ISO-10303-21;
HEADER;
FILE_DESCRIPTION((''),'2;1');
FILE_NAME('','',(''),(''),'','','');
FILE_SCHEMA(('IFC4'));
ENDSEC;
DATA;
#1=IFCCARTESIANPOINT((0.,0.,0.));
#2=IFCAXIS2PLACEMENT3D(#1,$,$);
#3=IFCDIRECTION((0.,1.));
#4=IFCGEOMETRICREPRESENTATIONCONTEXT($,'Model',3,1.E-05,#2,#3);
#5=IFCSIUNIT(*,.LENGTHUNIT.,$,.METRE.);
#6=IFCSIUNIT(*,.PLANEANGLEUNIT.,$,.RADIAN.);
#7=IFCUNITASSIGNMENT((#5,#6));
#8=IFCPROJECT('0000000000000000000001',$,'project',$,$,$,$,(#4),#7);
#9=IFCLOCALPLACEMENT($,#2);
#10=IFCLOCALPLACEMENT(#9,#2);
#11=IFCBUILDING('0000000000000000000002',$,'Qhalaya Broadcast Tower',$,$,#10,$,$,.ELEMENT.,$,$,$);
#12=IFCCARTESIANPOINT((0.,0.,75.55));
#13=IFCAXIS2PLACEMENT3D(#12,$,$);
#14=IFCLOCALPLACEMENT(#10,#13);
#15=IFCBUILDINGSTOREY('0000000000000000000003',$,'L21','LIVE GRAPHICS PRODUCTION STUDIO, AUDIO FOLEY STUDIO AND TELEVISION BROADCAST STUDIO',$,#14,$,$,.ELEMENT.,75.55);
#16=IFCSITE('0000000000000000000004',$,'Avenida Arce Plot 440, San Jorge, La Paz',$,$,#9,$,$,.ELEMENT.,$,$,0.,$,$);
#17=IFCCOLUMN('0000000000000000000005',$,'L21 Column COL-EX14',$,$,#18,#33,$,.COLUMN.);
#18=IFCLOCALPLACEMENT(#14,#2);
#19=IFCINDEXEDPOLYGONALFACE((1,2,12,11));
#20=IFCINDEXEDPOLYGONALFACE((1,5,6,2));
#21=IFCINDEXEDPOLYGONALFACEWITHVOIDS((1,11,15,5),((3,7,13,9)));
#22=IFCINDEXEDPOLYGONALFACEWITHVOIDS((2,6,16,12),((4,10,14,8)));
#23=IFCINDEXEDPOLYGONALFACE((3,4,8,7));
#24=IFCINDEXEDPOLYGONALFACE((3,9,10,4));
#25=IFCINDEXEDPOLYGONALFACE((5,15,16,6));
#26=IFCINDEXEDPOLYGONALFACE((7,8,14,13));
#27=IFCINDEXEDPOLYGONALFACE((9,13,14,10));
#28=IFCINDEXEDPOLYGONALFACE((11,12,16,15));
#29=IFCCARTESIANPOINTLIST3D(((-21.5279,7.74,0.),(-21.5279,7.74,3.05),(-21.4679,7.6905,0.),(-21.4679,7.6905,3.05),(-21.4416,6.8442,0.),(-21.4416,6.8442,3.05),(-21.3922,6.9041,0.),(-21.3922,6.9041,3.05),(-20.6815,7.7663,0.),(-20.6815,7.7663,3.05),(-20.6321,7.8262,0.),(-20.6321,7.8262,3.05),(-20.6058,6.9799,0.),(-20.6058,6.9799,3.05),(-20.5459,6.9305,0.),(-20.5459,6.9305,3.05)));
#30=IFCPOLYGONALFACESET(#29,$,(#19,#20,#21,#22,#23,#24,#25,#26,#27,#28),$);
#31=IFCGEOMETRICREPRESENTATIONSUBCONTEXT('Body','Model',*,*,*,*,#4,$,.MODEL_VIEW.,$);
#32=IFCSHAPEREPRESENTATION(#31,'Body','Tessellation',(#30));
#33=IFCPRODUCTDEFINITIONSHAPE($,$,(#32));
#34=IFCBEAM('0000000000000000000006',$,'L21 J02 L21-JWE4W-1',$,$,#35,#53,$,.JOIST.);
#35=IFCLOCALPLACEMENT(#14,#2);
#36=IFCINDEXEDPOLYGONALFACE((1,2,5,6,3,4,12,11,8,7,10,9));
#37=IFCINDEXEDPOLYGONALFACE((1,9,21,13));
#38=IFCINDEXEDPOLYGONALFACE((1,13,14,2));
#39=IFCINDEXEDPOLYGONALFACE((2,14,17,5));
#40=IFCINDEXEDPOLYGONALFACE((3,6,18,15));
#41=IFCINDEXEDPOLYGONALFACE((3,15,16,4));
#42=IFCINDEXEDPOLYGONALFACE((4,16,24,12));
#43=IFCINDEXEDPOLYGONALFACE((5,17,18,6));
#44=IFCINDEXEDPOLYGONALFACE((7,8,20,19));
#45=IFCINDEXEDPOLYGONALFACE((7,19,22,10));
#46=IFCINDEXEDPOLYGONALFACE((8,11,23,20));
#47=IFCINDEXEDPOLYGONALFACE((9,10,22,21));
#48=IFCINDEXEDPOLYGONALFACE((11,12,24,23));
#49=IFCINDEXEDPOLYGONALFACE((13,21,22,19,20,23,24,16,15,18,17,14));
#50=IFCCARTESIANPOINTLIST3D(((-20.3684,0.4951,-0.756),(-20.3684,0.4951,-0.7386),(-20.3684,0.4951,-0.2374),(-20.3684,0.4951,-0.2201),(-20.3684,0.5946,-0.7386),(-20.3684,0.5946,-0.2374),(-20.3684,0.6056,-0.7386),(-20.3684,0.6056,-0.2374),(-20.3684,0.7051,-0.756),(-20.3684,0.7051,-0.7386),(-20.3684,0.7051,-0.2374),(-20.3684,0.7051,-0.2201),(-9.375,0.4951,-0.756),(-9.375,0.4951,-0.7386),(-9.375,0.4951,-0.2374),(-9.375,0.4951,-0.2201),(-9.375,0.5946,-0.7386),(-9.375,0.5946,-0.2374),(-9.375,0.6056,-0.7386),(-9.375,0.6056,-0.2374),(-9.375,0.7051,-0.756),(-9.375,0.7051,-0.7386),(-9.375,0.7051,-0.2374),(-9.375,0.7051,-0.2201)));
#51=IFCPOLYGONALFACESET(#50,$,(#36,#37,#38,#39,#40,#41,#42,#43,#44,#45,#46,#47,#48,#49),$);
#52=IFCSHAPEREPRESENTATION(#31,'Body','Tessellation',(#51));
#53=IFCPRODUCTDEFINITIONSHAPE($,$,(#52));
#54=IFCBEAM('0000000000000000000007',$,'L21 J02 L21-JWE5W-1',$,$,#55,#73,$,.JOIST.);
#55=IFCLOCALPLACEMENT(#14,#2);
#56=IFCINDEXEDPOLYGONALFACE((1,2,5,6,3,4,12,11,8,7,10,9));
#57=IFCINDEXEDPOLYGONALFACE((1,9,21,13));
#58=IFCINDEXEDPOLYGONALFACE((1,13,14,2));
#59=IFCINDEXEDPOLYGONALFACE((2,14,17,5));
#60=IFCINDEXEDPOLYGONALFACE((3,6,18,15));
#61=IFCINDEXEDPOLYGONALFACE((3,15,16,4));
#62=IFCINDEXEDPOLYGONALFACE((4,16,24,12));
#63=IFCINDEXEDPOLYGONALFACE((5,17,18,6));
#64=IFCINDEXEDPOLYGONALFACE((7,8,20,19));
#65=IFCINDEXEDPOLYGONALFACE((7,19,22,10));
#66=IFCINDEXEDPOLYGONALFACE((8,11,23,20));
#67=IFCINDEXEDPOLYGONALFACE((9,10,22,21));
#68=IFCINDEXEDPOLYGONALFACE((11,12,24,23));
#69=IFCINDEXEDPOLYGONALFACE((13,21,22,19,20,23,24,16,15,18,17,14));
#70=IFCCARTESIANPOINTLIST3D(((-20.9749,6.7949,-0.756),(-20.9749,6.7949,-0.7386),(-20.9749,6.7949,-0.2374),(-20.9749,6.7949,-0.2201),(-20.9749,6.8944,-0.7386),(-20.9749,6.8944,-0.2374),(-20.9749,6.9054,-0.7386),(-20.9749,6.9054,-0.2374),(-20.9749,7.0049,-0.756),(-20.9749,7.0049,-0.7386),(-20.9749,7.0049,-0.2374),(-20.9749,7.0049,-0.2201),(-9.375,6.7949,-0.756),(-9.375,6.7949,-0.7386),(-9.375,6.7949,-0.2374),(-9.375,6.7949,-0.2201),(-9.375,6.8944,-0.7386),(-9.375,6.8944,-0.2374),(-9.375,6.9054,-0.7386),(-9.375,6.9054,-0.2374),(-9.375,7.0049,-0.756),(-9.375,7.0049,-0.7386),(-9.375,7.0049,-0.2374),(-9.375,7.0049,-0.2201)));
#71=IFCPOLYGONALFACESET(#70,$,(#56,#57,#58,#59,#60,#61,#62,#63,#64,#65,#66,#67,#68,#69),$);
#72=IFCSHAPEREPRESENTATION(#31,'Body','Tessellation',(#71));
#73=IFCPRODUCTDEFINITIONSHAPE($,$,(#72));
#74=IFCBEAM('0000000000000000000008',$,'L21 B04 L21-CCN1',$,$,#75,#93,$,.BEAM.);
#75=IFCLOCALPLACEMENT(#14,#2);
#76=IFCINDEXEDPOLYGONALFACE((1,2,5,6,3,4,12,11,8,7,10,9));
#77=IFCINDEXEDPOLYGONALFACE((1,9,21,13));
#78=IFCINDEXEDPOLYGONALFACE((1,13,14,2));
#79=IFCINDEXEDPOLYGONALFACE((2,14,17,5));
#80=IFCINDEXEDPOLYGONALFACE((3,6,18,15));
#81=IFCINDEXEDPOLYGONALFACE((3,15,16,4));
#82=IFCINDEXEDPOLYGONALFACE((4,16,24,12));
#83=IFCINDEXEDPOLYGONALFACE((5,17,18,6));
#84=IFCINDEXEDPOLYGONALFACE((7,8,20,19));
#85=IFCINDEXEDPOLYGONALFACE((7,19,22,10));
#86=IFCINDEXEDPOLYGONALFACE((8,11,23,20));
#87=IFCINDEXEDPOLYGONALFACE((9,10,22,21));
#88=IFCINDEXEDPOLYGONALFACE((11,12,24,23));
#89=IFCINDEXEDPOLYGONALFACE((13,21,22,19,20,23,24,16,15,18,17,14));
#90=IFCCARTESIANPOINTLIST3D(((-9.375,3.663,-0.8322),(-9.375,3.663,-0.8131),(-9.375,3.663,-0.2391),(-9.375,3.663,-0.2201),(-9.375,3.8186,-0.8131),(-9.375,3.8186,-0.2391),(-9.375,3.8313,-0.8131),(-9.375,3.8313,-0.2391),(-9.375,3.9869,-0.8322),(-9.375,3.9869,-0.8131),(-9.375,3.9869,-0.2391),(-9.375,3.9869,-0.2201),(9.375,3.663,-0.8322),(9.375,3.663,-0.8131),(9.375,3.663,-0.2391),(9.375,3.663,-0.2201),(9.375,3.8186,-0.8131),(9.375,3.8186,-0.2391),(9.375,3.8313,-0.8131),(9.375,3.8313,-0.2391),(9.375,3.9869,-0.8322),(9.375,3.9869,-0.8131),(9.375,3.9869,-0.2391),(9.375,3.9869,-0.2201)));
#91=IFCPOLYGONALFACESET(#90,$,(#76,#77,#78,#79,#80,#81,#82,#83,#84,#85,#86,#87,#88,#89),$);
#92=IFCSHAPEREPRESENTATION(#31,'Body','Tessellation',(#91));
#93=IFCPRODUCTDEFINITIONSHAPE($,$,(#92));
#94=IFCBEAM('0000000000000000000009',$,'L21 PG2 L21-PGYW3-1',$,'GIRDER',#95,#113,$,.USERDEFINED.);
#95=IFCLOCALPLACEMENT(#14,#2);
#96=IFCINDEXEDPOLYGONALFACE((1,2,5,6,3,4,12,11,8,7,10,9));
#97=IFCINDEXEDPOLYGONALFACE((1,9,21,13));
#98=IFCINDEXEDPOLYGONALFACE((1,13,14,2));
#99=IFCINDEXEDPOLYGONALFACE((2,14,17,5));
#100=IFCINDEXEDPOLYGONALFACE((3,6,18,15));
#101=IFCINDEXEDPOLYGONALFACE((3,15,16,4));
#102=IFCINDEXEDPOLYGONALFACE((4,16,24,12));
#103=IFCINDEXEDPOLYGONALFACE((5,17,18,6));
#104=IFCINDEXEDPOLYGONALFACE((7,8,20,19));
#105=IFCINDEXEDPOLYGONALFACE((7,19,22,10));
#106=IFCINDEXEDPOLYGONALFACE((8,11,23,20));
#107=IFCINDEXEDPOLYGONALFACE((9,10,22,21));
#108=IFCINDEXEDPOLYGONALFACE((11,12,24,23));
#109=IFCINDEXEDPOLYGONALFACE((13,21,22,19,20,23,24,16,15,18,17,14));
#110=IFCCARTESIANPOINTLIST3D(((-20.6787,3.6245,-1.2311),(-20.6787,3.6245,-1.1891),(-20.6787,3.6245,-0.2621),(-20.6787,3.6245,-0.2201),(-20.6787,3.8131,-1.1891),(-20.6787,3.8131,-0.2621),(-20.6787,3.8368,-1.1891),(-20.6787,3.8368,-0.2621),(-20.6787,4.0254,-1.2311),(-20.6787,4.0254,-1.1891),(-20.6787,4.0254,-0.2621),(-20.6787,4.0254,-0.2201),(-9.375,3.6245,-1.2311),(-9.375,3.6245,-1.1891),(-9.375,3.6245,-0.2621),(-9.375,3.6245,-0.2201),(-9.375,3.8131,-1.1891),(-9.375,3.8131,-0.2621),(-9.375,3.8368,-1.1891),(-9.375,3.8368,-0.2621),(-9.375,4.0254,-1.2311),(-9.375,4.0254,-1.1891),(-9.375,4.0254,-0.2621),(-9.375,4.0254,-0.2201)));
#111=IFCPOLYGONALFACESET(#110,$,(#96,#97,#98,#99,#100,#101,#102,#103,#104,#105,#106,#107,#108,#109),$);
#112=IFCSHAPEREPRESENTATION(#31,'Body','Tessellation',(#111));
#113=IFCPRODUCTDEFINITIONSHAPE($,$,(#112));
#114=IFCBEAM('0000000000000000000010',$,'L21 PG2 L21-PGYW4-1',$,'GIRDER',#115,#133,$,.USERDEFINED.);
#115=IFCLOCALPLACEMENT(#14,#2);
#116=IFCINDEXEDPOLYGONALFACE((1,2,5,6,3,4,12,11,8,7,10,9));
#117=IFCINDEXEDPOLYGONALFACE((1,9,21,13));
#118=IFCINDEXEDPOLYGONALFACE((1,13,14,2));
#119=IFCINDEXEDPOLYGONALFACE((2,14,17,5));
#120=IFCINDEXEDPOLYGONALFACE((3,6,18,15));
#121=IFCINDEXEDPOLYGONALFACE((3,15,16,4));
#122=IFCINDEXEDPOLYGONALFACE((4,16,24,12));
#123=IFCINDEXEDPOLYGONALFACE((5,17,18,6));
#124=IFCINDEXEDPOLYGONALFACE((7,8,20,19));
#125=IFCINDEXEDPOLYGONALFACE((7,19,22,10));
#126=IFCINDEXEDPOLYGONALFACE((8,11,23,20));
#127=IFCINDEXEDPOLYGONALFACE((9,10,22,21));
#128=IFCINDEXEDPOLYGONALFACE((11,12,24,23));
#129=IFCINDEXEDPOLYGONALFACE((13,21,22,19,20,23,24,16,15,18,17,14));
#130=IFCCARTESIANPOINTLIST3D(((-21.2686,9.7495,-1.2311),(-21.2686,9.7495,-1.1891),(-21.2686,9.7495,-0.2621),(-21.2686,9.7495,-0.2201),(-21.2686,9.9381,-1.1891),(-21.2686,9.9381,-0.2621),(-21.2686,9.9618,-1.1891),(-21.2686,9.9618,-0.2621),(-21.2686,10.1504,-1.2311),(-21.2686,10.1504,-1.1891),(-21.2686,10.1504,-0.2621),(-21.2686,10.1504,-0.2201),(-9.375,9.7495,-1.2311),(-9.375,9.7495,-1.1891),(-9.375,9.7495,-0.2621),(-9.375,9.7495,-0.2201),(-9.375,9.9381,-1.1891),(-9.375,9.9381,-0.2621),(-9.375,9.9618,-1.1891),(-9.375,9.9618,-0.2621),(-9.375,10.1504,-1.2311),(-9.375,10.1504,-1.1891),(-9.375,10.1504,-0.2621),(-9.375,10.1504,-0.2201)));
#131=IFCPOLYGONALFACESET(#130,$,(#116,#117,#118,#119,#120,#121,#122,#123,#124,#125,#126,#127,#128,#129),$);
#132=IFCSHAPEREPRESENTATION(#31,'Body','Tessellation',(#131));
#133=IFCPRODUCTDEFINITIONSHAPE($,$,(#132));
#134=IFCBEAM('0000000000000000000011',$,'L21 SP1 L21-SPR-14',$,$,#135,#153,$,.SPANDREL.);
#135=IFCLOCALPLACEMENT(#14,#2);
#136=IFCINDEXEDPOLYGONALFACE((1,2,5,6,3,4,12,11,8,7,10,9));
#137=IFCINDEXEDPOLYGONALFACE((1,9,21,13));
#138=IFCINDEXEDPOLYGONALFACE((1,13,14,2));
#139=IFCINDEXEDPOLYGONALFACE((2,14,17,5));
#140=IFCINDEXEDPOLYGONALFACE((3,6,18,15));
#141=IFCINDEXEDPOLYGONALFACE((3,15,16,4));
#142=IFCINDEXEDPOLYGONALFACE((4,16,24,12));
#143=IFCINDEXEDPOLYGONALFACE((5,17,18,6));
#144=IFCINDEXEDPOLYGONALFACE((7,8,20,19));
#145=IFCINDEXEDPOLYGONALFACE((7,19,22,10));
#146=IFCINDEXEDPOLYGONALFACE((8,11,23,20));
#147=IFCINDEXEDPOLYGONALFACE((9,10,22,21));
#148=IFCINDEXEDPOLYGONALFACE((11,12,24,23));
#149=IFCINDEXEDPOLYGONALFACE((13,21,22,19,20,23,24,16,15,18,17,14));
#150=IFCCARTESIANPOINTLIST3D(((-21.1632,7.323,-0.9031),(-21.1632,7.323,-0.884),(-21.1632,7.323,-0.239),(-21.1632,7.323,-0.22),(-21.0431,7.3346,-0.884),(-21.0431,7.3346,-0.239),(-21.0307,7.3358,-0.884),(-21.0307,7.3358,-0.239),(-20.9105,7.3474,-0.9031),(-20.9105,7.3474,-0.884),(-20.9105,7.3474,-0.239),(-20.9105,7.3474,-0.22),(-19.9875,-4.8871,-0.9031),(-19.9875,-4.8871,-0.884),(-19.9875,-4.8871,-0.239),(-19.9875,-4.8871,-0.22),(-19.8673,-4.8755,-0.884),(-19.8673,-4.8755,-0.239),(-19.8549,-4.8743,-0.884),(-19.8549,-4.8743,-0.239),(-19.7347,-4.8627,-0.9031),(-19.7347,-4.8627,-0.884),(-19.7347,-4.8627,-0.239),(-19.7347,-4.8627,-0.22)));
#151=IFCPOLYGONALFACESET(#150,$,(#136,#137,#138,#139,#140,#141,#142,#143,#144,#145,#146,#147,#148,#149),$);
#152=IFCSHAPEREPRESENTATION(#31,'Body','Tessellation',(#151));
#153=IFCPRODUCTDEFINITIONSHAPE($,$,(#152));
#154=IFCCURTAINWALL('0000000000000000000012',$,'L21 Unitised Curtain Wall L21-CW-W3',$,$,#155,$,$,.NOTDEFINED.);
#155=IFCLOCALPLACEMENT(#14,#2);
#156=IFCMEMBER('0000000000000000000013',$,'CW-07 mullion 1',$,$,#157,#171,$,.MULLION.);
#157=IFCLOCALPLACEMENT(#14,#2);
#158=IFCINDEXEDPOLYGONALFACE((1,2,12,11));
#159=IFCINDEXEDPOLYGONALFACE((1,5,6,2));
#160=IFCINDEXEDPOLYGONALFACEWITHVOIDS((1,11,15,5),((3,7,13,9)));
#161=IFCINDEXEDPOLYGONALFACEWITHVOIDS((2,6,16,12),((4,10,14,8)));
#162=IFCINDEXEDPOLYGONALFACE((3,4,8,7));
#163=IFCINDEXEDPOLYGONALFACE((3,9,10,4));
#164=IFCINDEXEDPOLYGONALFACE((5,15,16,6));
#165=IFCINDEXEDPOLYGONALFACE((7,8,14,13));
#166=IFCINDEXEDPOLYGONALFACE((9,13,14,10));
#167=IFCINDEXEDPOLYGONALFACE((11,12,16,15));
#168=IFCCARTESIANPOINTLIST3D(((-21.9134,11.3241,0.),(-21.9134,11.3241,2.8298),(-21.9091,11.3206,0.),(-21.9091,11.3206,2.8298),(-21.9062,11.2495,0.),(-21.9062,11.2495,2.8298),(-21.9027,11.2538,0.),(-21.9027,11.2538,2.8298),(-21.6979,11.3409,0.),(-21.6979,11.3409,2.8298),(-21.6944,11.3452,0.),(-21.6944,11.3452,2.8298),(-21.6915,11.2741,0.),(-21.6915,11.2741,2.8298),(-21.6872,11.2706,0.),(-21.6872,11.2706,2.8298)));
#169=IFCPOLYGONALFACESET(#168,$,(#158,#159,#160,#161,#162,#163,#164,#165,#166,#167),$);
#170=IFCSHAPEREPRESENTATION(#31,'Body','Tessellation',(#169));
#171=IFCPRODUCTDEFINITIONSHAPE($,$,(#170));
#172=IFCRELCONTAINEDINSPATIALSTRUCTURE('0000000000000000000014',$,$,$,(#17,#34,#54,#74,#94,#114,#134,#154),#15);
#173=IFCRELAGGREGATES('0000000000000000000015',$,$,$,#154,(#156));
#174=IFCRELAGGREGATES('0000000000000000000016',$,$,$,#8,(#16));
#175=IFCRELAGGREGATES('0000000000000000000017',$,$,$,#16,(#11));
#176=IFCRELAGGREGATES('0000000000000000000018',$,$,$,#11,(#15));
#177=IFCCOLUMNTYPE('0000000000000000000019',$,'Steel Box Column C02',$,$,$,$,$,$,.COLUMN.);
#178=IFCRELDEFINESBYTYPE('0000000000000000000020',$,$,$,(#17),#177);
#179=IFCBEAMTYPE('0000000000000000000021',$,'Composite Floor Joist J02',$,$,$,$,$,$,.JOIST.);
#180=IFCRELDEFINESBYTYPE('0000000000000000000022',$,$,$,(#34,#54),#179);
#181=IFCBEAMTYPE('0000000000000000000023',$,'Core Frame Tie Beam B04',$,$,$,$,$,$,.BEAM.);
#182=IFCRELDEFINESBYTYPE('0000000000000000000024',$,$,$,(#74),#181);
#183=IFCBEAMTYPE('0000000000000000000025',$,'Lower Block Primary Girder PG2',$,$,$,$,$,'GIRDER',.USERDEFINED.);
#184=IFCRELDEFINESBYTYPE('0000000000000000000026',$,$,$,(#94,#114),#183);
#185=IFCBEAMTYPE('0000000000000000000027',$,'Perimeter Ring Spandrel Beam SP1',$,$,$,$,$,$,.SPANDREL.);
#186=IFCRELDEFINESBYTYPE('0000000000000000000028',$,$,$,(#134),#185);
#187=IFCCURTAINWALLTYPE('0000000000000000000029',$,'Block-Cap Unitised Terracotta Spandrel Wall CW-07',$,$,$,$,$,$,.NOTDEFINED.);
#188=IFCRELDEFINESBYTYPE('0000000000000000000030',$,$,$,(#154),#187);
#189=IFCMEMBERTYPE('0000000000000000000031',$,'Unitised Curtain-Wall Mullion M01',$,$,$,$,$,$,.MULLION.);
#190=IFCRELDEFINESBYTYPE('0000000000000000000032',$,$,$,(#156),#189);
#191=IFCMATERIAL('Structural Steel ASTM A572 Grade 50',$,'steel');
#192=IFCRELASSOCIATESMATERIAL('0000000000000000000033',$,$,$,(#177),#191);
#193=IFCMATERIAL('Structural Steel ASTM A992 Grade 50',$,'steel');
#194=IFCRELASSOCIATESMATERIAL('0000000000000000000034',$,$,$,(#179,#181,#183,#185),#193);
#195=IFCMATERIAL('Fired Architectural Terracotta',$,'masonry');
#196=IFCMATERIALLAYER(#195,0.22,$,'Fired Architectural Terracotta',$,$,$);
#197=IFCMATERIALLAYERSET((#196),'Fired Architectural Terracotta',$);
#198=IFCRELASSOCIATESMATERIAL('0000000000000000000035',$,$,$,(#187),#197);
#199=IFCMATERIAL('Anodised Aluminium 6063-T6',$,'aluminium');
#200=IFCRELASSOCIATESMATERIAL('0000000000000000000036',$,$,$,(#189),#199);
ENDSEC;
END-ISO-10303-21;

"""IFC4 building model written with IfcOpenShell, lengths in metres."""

from ifc_helpers import new_model, si_unit, direction, frame, origin, origin_2d, place, context, subcontext, project, spatial, hollow_rectangle, i_section, extrude, material, layer, layer_set, material_profile, profile_set, type_object, element, aggregate, save


model = new_model("IFC4")

# Units and contexts
model_context = context("Model", 3, precision=1e-05, world=origin(), true_north=direction((0.0, 1.0)))
body_context = subcontext(model_context, "Body", "Model", "MODEL_VIEW")
ifc_project = project(units=[si_unit("LENGTHUNIT", "METRE"), si_unit("PLANEANGLEUNIT", "RADIAN")], contexts=[model_context])

# Site, building, storey
site_placement = place(None, origin())
site = spatial("IfcSite", under=ifc_project, at=site_placement, Name="Avenida Arce Plot 440, San Jorge, La Paz", CompositionType="ELEMENT", RefElevation=0.0)
building_placement = place(site_placement, origin())
building = spatial("IfcBuilding", under=site, at=building_placement, Name="Qhalaya Broadcast Tower", CompositionType="ELEMENT")
storey_placement = place(building_placement, frame((0.0, 0.0, 75.55)))
storey = spatial("IfcBuildingStorey", under=building, at=storey_placement, Name="L21", Description="LIVE GRAPHICS PRODUCTION STUDIO, AUDIO FOLEY STUDIO AND TELEVISION BROADCAST STUDIO", CompositionType="ELEMENT", Elevation=75.55)

# Column
ifc_material_1 = material(Name="Structural Steel ASTM A572 Grade 50", Category="steel")
ifc_material_profile_1 = material_profile(ifc_material_1, hollow_rectangle(XDim=0.8999, YDim=0.8999, WallThickness=0.0549, at=origin_2d()), Name="BOX 900x900x55")
ifc_profile_set_1 = profile_set([ifc_material_profile_1], Name="Structural Steel ASTM A572 Grade 50")
column_type = type_object("IfcColumnType", Name="Steel Box Column C02", PredefinedType="COLUMN", material=ifc_profile_set_1)
column_placement = place(storey_placement, frame((-21.0369, 7.3352, 0.0), z_axis=(0.0, 0.0, 1.0), x_axis=(-0.095846, 0.995396, 0.0)))
element("IfcColumn", 1, at=column_placement, inside=storey, type_object=column_type, Name="L21 Column COL-EX14", PredefinedType="COLUMN", context=body_context, shape_type="SweptSolid", body=[
    extrude(hollow_rectangle(XDim=0.8999, YDim=0.8999, WallThickness=0.0549, at=origin_2d()), origin(), (0.0, 0.0, 1.0), 3.05),
])

# Beams
ifc_material_2 = material(Name="Structural Steel ASTM A992 Grade 50", Category="steel")
ifc_material_profile_2 = material_profile(ifc_material_2, i_section(OverallWidth=0.21, OverallDepth=0.5359, WebThickness=0.011, FlangeThickness=0.0173, at=origin_2d()), Name="W21X68")
ifc_profile_set_2 = profile_set([ifc_material_profile_2], Name="Structural Steel ASTM A992 Grade 50")
beam_type_1 = type_object("IfcBeamType", Name="Composite Floor Joist J02", PredefinedType="JOIST", material=ifc_profile_set_2)
beam_1_placement = place(storey_placement, frame((-20.3684, 0.6001, -0.488), z_axis=(1.0, 0.0, 0.0), x_axis=(0.0, 1.0, 0.0)))
element("IfcBeam", 2, at=beam_1_placement, inside=storey, type_object=beam_type_1, Name="L21 J02 L21-JWE4W-1", PredefinedType="JOIST", context=body_context, shape_type="SweptSolid", body=[
    extrude(i_section(OverallWidth=0.21, OverallDepth=0.5359, WebThickness=0.011, FlangeThickness=0.0173, at=origin_2d()), origin(), (0.0, 0.0, 1.0), 10.9934),
])
beam_2_placement = place(storey_placement, frame((-20.9749, 6.8999, -0.488), z_axis=(1.0, 0.0, 0.0), x_axis=(0.0, 1.0, 0.0)))
element("IfcBeam", 3, at=beam_2_placement, inside=storey, type_object=beam_type_1, Name="L21 J02 L21-JWE5W-1", PredefinedType="JOIST", context=body_context, shape_type="SweptSolid", body=[
    extrude(i_section(OverallWidth=0.21, OverallDepth=0.5359, WebThickness=0.011, FlangeThickness=0.0173, at=origin_2d()), origin(), (0.0, 0.0, 1.0), 11.5999),
])
ifc_material_profile_3 = material_profile(ifc_material_2, i_section(OverallWidth=0.324, OverallDepth=0.6121, WebThickness=0.0127, FlangeThickness=0.019, at=origin_2d()), Name="W24X104")
ifc_profile_set_3 = profile_set([ifc_material_profile_3], Name="Structural Steel ASTM A992 Grade 50")
beam_type_2 = type_object("IfcBeamType", Name="Core Frame Tie Beam B04", PredefinedType="BEAM", material=ifc_profile_set_3)
beam_3_placement = place(storey_placement, frame((-9.375, 3.825, -0.5261), z_axis=(1.0, 0.0, 0.0), x_axis=(0.0, 1.0, 0.0)))
element("IfcBeam", 4, at=beam_3_placement, inside=storey, type_object=beam_type_2, Name="L21 B04 L21-CCN1", PredefinedType="BEAM", context=body_context, shape_type="SweptSolid", body=[
    extrude(i_section(OverallWidth=0.324, OverallDepth=0.6121, WebThickness=0.0127, FlangeThickness=0.019, at=origin_2d()), origin(), (0.0, 0.0, 1.0), 18.75),
])
ifc_material_profile_4 = material_profile(ifc_material_2, i_section(OverallWidth=0.4009, OverallDepth=1.011, WebThickness=0.0237, FlangeThickness=0.042, at=origin_2d()), Name="W40X297")
ifc_profile_set_4 = profile_set([ifc_material_profile_4], Name="Structural Steel ASTM A992 Grade 50")
beam_type_3 = type_object("IfcBeamType", Name="Lower Block Primary Girder PG2", ElementType="GIRDER", PredefinedType="USERDEFINED", material=ifc_profile_set_4)
beam_4_placement = place(storey_placement, frame((-20.6787, 3.825, -0.7256), z_axis=(1.0, 0.0, 0.0), x_axis=(0.0, 1.0, 0.0)))
element("IfcBeam", 5, at=beam_4_placement, inside=storey, type_object=beam_type_3, Name="L21 PG2 L21-PGYW3-1", ObjectType="GIRDER", PredefinedType="USERDEFINED", context=body_context, shape_type="SweptSolid", body=[
    extrude(i_section(OverallWidth=0.4009, OverallDepth=1.011, WebThickness=0.0237, FlangeThickness=0.042, at=origin_2d()), origin(), (0.0, 0.0, 1.0), 11.3037),
])
beam_5_placement = place(storey_placement, frame((-21.2686, 9.95, -0.7256), z_axis=(1.0, 0.0, 0.0), x_axis=(0.0, 1.0, 0.0)))
element("IfcBeam", 6, at=beam_5_placement, inside=storey, type_object=beam_type_3, Name="L21 PG2 L21-PGYW4-1", ObjectType="GIRDER", PredefinedType="USERDEFINED", context=body_context, shape_type="SweptSolid", body=[
    extrude(i_section(OverallWidth=0.4009, OverallDepth=1.011, WebThickness=0.0237, FlangeThickness=0.042, at=origin_2d()), origin(), (0.0, 0.0, 1.0), 11.8936),
])
ifc_material_profile_5 = material_profile(ifc_material_2, i_section(OverallWidth=0.2539, OverallDepth=0.6831, WebThickness=0.0125, FlangeThickness=0.019, at=origin_2d()), Name="W27X94")
ifc_profile_set_5 = profile_set([ifc_material_profile_5], Name="Structural Steel ASTM A992 Grade 50")
beam_type_4 = type_object("IfcBeamType", Name="Perimeter Ring Spandrel Beam SP1", PredefinedType="SPANDREL", material=ifc_profile_set_5)
beam_6_placement = place(storey_placement, frame((-21.0369, 7.3352, -0.5615), z_axis=(0.095852, -0.995396, 0.0), x_axis=(0.995396, 0.095852, 0.0)))
element("IfcBeam", 7, at=beam_6_placement, inside=storey, type_object=beam_type_4, Name="L21 SP1 L21-SPR-14", PredefinedType="SPANDREL", context=body_context, shape_type="SweptSolid", body=[
    extrude(i_section(OverallWidth=0.2539, OverallDepth=0.6831, WebThickness=0.0125, FlangeThickness=0.019, at=origin_2d()), origin(), (0.0, 0.0, 1.0), 12.2666),
])

# Curtain wall, member
ifc_material_3 = material(Name="Fired Architectural Terracotta", Category="masonry")
ifc_layer_1 = layer(ifc_material_3, 0.22, Name="Fired Architectural Terracotta")
ifc_layer_set_1 = layer_set([ifc_layer_1], Name="Fired Architectural Terracotta")
curtain_wall_type_1 = type_object("IfcCurtainWallType", Name="Block-Cap Unitised Terracotta Spandrel Wall CW-07", PredefinedType="NOTDEFINED", material=ifc_layer_set_1)
curtain_wall_1_placement = place(storey_placement, origin())
curtain_wall_1 = element("IfcCurtainWall", 8, at=curtain_wall_1_placement, inside=storey, type_object=curtain_wall_type_1, Name="L21 Unitised Curtain Wall L21-CW-W3", PredefinedType="NOTDEFINED")
ifc_material_4 = material(Name="Anodised Aluminium 6063-T6", Category="aluminium")
ifc_material_profile_6 = material_profile(ifc_material_4, hollow_rectangle(XDim=0.075, YDim=0.22, WallThickness=0.0039, at=origin_2d()), Name="ALU-MUL 75x220x4")
ifc_profile_set_6 = profile_set([ifc_material_profile_6], Name="Anodised Aluminium 6063-T6")
member_type_1 = type_object("IfcMemberType", Name="Unitised Curtain-Wall Mullion M01", PredefinedType="MULLION", material=ifc_profile_set_6)
member_1_placement = place(storey_placement, frame((-21.8003, 11.2974, 0.0), z_axis=(0.0, 0.0, 1.0), x_axis=(0.095849, -0.995396, 0.0)))
member_1 = element("IfcMember", 9, at=member_1_placement, type_object=member_type_1, Name="CW-07 mullion 1", PredefinedType="MULLION", context=body_context, shape_type="SweptSolid", body=[
    extrude(hollow_rectangle(XDim=0.075, YDim=0.22, WallThickness=0.0039, at=origin_2d()), origin(), (0.0, 0.0, 1.0), 2.8298),
])

aggregate(curtain_wall_1, [member_1])

save(model, "model.ifc")
